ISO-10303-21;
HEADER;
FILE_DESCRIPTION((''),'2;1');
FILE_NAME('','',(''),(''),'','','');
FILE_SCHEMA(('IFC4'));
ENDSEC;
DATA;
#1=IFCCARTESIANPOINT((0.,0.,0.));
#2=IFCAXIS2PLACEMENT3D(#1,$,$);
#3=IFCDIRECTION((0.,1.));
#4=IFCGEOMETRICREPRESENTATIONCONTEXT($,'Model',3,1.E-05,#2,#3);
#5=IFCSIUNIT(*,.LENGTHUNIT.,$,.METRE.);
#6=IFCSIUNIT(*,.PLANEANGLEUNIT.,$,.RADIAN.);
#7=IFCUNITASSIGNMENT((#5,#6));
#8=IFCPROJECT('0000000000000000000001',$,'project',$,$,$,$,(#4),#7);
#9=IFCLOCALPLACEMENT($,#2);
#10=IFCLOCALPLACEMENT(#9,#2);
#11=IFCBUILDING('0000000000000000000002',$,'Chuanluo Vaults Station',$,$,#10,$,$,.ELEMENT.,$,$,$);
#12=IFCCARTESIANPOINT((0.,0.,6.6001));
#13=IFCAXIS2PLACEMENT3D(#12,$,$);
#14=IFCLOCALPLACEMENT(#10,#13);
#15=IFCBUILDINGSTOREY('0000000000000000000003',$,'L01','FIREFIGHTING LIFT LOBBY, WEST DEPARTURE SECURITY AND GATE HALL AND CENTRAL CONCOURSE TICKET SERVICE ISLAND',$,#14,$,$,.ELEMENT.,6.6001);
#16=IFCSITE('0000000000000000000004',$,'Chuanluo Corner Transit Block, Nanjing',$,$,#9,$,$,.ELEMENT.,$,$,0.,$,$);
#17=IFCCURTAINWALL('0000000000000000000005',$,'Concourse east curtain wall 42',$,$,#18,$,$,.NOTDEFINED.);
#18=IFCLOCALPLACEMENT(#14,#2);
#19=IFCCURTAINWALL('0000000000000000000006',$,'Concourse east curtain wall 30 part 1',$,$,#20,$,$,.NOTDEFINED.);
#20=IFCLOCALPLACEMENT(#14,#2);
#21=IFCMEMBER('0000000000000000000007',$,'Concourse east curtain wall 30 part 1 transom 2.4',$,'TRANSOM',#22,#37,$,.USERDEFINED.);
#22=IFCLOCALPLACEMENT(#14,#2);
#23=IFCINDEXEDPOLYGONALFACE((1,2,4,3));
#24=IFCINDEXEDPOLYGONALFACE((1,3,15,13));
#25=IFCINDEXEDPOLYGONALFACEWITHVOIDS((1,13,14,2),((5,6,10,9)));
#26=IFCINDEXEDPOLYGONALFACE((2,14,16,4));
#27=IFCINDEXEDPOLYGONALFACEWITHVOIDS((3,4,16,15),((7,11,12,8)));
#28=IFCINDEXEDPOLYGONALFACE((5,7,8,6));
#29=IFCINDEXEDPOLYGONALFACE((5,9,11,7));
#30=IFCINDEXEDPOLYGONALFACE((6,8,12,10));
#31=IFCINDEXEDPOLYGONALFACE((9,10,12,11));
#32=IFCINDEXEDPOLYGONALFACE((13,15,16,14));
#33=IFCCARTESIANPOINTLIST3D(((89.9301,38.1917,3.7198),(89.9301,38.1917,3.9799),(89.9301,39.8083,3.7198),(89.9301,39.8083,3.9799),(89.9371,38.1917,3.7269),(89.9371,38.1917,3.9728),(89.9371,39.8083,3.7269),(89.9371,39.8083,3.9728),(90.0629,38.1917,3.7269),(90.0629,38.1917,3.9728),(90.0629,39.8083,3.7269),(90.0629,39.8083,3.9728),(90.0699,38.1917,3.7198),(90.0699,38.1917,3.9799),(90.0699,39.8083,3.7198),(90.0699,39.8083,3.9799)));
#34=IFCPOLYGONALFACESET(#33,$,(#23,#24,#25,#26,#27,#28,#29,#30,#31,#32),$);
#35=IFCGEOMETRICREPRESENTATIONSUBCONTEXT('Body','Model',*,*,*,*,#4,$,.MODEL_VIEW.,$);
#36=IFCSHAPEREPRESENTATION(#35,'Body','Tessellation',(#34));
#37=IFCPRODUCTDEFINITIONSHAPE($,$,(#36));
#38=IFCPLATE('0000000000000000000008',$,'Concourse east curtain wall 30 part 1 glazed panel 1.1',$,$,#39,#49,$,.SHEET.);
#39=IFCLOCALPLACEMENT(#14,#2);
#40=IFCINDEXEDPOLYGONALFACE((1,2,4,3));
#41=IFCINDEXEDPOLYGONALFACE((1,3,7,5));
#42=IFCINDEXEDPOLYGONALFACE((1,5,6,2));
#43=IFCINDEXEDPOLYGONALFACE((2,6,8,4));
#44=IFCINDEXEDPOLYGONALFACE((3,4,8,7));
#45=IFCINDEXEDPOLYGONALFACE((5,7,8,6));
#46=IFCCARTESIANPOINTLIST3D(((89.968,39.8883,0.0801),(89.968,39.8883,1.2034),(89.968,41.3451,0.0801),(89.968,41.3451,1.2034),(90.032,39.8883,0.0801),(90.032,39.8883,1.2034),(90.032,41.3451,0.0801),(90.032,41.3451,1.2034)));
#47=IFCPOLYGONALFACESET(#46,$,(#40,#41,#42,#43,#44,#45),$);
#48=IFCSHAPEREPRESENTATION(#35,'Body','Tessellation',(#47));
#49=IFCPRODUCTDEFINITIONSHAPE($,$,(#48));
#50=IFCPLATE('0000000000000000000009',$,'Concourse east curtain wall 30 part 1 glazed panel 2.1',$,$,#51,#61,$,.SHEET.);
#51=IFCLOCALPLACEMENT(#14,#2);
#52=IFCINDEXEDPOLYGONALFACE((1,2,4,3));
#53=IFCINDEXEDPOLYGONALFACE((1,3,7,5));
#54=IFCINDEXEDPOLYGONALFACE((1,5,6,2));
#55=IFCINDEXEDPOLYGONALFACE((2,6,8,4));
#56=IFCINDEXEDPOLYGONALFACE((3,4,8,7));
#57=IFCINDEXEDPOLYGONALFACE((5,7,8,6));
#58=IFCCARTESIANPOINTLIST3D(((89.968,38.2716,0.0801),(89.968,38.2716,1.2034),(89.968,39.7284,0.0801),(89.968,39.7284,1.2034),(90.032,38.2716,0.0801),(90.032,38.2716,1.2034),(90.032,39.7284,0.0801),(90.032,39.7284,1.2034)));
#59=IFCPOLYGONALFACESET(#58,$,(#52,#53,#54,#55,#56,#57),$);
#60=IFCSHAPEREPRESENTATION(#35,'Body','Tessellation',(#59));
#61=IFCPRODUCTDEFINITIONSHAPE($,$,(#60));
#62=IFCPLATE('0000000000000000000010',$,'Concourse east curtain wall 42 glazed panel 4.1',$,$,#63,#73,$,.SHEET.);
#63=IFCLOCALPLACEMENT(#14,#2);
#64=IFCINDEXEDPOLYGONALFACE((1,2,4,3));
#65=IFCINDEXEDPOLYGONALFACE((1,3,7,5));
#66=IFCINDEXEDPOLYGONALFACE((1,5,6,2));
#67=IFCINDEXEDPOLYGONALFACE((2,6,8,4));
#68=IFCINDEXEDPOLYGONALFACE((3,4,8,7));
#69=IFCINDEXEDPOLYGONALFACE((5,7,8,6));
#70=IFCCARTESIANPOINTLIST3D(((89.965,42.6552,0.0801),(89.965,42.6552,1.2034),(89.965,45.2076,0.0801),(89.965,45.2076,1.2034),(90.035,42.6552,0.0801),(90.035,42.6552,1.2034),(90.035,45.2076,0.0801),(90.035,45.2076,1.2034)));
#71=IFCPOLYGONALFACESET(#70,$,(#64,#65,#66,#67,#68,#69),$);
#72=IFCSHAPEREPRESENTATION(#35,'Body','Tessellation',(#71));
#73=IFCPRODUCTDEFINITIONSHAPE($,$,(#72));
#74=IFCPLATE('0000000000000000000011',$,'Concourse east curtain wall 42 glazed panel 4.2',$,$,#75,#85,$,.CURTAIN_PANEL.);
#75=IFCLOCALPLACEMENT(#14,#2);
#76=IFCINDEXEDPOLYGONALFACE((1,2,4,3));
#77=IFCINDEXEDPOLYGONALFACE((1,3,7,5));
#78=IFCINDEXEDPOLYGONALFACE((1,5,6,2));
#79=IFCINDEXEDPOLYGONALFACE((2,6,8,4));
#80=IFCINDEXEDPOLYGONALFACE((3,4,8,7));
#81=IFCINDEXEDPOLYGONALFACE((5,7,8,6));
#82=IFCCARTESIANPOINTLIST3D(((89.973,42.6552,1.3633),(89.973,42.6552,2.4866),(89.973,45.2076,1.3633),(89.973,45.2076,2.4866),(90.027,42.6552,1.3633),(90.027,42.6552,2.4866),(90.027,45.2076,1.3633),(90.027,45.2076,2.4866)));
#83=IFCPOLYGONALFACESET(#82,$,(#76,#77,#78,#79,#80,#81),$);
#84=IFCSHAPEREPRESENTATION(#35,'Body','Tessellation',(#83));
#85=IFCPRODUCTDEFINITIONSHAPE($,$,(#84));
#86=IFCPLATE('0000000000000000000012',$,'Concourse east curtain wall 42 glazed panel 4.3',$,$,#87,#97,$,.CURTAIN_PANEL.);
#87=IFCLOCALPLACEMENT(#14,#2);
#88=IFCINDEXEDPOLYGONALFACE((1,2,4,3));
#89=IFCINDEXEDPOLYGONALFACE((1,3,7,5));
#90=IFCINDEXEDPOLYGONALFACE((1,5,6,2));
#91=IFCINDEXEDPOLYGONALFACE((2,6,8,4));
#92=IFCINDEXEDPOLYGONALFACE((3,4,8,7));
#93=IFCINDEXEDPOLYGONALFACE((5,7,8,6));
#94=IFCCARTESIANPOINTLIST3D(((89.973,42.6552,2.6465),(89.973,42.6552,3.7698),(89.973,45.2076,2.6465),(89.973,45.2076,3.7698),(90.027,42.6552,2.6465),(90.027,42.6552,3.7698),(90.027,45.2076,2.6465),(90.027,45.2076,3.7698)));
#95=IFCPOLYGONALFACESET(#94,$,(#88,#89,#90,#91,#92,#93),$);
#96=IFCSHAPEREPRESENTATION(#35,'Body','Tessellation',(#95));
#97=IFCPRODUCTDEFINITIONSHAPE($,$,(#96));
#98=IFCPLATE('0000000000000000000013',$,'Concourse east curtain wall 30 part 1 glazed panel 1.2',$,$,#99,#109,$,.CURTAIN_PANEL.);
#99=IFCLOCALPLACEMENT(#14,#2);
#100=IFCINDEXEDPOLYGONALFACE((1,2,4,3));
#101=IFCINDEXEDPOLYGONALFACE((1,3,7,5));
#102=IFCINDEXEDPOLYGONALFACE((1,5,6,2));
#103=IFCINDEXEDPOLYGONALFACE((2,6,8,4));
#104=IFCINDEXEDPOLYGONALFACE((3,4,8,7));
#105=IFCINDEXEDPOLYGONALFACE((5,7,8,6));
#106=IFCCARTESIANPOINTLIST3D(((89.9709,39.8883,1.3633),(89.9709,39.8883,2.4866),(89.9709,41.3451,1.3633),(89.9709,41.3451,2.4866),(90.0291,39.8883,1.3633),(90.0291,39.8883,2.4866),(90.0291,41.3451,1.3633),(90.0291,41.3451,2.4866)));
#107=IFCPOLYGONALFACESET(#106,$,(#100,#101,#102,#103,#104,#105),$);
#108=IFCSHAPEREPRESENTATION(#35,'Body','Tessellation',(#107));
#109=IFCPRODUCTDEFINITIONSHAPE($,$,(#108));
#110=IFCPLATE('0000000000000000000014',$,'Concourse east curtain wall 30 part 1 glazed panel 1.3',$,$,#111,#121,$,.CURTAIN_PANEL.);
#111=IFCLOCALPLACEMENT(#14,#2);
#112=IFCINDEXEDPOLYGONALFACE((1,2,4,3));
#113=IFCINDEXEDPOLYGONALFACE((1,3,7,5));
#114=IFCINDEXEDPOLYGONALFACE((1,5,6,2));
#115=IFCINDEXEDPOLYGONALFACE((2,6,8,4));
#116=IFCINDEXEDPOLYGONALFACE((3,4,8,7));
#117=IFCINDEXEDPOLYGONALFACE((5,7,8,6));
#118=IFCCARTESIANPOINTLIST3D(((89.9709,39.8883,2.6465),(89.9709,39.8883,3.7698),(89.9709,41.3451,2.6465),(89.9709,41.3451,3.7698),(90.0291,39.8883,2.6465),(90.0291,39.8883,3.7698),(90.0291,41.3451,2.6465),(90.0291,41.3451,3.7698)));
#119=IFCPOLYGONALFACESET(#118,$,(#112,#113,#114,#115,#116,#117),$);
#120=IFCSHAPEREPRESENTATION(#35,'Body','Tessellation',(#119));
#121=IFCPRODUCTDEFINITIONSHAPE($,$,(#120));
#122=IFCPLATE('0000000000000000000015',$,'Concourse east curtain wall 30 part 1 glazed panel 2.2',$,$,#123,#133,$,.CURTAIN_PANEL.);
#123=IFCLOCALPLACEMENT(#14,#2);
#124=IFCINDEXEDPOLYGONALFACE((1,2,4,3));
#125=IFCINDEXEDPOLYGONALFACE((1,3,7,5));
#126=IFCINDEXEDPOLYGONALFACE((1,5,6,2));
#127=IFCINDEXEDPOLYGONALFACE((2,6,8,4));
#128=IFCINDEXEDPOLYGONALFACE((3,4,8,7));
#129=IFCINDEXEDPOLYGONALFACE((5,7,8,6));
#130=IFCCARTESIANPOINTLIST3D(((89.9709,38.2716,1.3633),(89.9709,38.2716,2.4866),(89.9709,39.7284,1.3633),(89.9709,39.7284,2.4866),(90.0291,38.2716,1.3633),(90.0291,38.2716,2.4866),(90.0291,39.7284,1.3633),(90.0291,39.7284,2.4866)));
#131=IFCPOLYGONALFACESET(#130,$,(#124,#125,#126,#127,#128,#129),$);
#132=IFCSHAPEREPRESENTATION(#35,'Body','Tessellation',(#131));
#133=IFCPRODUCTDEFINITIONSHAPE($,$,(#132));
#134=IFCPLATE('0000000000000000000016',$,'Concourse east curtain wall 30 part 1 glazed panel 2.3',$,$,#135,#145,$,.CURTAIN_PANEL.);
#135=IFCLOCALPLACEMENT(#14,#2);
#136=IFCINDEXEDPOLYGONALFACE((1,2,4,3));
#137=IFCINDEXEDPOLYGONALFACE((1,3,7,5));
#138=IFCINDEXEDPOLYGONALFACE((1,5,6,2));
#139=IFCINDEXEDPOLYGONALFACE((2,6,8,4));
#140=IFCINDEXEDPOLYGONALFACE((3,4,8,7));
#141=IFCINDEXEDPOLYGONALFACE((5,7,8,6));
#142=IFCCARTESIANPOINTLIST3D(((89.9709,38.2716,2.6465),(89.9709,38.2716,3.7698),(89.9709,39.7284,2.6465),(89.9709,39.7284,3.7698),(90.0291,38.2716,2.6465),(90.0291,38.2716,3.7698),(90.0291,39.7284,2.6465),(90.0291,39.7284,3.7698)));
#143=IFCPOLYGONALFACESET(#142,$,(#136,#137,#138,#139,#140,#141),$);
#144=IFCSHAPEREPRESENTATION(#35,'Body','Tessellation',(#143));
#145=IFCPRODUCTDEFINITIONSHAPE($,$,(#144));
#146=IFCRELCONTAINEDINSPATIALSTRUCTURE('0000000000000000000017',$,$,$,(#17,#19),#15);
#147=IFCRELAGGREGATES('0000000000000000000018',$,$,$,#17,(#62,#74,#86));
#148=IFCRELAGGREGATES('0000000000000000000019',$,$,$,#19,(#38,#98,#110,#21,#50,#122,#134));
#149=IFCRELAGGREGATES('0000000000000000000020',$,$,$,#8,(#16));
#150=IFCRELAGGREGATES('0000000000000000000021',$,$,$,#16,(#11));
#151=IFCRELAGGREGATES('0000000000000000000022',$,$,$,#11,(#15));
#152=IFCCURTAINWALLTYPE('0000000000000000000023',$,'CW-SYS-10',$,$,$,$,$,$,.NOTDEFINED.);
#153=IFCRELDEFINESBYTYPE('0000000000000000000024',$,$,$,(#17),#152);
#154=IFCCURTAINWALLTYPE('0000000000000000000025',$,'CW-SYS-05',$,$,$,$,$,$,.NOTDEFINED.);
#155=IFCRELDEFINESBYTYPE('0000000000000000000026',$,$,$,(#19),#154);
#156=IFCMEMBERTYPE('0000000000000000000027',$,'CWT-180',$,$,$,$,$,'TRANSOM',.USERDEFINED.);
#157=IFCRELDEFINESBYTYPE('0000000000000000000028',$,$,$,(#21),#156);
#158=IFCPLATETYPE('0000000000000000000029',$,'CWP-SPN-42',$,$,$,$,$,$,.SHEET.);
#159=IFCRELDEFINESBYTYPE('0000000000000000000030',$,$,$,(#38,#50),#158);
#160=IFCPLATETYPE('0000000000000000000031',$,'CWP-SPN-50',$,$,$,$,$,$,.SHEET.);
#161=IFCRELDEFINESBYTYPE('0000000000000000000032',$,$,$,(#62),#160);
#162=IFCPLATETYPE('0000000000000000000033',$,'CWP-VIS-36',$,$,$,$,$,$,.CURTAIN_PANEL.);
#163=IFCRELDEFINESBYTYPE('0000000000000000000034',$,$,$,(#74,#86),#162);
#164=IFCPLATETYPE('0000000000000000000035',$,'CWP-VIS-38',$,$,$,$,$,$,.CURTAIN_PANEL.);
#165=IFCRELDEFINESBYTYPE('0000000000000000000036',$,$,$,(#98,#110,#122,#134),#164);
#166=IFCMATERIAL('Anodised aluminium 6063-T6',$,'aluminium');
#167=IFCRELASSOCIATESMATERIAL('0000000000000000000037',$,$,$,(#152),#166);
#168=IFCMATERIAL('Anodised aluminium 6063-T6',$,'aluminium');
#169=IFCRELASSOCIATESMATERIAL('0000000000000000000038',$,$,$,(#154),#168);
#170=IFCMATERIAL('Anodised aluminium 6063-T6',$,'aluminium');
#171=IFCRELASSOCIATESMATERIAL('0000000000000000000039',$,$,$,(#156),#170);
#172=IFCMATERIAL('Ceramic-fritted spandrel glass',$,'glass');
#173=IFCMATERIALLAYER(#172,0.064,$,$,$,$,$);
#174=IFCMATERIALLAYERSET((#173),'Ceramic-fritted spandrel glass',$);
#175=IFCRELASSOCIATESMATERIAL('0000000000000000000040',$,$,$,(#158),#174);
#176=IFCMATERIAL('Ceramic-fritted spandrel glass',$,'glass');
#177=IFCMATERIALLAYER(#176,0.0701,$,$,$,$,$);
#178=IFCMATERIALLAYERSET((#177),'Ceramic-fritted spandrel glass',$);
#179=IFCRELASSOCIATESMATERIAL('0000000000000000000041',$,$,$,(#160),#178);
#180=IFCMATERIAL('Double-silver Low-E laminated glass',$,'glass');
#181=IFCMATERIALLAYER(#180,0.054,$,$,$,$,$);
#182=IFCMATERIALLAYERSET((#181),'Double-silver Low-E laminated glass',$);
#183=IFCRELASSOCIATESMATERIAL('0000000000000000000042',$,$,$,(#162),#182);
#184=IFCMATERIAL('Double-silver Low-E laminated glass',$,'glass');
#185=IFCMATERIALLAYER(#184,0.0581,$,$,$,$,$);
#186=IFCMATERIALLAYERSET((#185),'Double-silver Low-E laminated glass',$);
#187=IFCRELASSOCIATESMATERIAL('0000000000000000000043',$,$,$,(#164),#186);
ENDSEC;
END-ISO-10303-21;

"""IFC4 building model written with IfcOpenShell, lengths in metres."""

from ifc_helpers import new_model, si_unit, direction, frame, origin, origin_2d, place, context, subcontext, project, spatial, rectangle, hollow_rectangle, extrude, material, layer, layer_set, material_profile, profile_set, type_object, element, aggregate, save


model = new_model("IFC4")

# Units and contexts
model_context = context("Model", 3, precision=1e-05, world=origin(), true_north=direction((0.0, 1.0)))
body_context = subcontext(model_context, "Body", "Model", "MODEL_VIEW")
ifc_project = project(units=[si_unit("LENGTHUNIT", "METRE"), si_unit("PLANEANGLEUNIT", "RADIAN")], contexts=[model_context])

# Site, building, storey
site_placement = place(None, origin())
site = spatial("IfcSite", under=ifc_project, at=site_placement, Name="Chuanluo Corner Transit Block, Nanjing", CompositionType="ELEMENT", RefElevation=0.0)
building_placement = place(site_placement, origin())
building = spatial("IfcBuilding", under=site, at=building_placement, Name="Chuanluo Vaults Station", CompositionType="ELEMENT")
storey_placement = place(building_placement, frame((0.0, 0.0, 6.6001)))
storey = spatial("IfcBuildingStorey", under=building, at=storey_placement, Name="L01", Description="FIREFIGHTING LIFT LOBBY, WEST DEPARTURE SECURITY AND GATE HALL AND CENTRAL CONCOURSE TICKET SERVICE ISLAND", CompositionType="ELEMENT", Elevation=6.6001)

# Curtain walls
ifc_material_1 = material(Name="Anodised aluminium 6063-T6", Category="aluminium")
curtain_wall_type_1 = type_object("IfcCurtainWallType", Name="CW-SYS-10", PredefinedType="NOTDEFINED", material=ifc_material_1)
curtain_wall_1_placement = place(storey_placement, origin())
curtain_wall_1 = element("IfcCurtainWall", 1, at=curtain_wall_1_placement, inside=storey, type_object=curtain_wall_type_1, Name="Concourse east curtain wall 42", PredefinedType="NOTDEFINED")
ifc_material_2 = material(Name="Anodised aluminium 6063-T6", Category="aluminium")
curtain_wall_type_2 = type_object("IfcCurtainWallType", Name="CW-SYS-05", PredefinedType="NOTDEFINED", material=ifc_material_2)
curtain_wall_2_placement = place(storey_placement, origin())
curtain_wall_2 = element("IfcCurtainWall", 2, at=curtain_wall_2_placement, inside=storey, type_object=curtain_wall_type_2, Name="Concourse east curtain wall 30 part 1", PredefinedType="NOTDEFINED")

# Member
ifc_material_3 = material(Name="Anodised aluminium 6063-T6", Category="aluminium")
ifc_material_profile_1 = material_profile(ifc_material_3, hollow_rectangle(XDim=0.1399, YDim=0.26, WallThickness=0.0071, at=origin_2d()))
ifc_profile_set_1 = profile_set([ifc_material_profile_1], Name="Anodised aluminium 6063-T6")
member_type_1 = type_object("IfcMemberType", Name="CWT-180", ElementType="TRANSOM", PredefinedType="USERDEFINED", material=ifc_profile_set_1)
member_1_placement = place(storey_placement, frame((90.0, 39.8083, 3.8499), z_axis=(0.0, -1.0, 0.0), x_axis=(1.0, 0.0, 0.0)))
member_1 = element("IfcMember", 3, at=member_1_placement, type_object=member_type_1, Name="Concourse east curtain wall 30 part 1 transom 2.4", ObjectType="TRANSOM", PredefinedType="USERDEFINED", context=body_context, shape_type="SweptSolid", body=[
    extrude(hollow_rectangle(XDim=0.1399, YDim=0.26, WallThickness=0.0071, at=origin_2d()), origin(), (0.0, 0.0, 1.0), 1.6167),
])

# Plates
ifc_material_4 = material(Name="Ceramic-fritted spandrel glass", Category="glass")
ifc_layer_1 = layer(ifc_material_4, 0.064)
ifc_layer_set_1 = layer_set([ifc_layer_1], Name="Ceramic-fritted spandrel glass")
plate_type_1 = type_object("IfcPlateType", Name="CWP-SPN-42", PredefinedType="SHEET", material=ifc_layer_set_1)
plate_1_placement = place(storey_placement, frame((90.0, 40.6167, 0.0801), z_axis=(0.0, 0.0, 1.0), x_axis=(0.0, -1.0, 0.0)))
plate_1 = element("IfcPlate", 4, at=plate_1_placement, type_object=plate_type_1, Name="Concourse east curtain wall 30 part 1 glazed panel 1.1", PredefinedType="SHEET", context=body_context, shape_type="SweptSolid", body=[
    extrude(rectangle(XDim=1.4568, YDim=0.064, at=origin_2d()), origin(), (0.0, 0.0, 1.0), 1.1233),
])
plate_2_placement = place(storey_placement, frame((90.0, 39.0, 0.0801), z_axis=(0.0, 0.0, 1.0), x_axis=(0.0, -1.0, 0.0)))
plate_2 = element("IfcPlate", 5, at=plate_2_placement, type_object=plate_type_1, Name="Concourse east curtain wall 30 part 1 glazed panel 2.1", PredefinedType="SHEET", context=body_context, shape_type="SweptSolid", body=[
    extrude(rectangle(XDim=1.4568, YDim=0.064, at=origin_2d()), origin(), (0.0, 0.0, 1.0), 1.1233),
])
ifc_material_5 = material(Name="Ceramic-fritted spandrel glass", Category="glass")
ifc_layer_2 = layer(ifc_material_5, 0.0701)
ifc_layer_set_2 = layer_set([ifc_layer_2], Name="Ceramic-fritted spandrel glass")
plate_type_2 = type_object("IfcPlateType", Name="CWP-SPN-50", PredefinedType="SHEET", material=ifc_layer_set_2)
plate_3_placement = place(storey_placement, frame((90.0, 43.9314, 0.0801), z_axis=(0.0, 0.0, 1.0), x_axis=(0.0, -1.0, 0.0)))
plate_3 = element("IfcPlate", 6, at=plate_3_placement, type_object=plate_type_2, Name="Concourse east curtain wall 42 glazed panel 4.1", PredefinedType="SHEET", context=body_context, shape_type="SweptSolid", body=[
    extrude(rectangle(XDim=2.5525, YDim=0.0701, at=origin_2d()), origin(), (0.0, 0.0, 1.0), 1.1233),
])
ifc_material_6 = material(Name="Double-silver Low-E laminated glass", Category="glass")
ifc_layer_3 = layer(ifc_material_6, 0.054)
ifc_layer_set_3 = layer_set([ifc_layer_3], Name="Double-silver Low-E laminated glass")
plate_type_3 = type_object("IfcPlateType", Name="CWP-VIS-36", PredefinedType="CURTAIN_PANEL", material=ifc_layer_set_3)
plate_4_placement = place(storey_placement, frame((90.0, 43.9314, 1.3633), z_axis=(0.0, 0.0, 1.0), x_axis=(0.0, -1.0, 0.0)))
plate_4 = element("IfcPlate", 7, at=plate_4_placement, type_object=plate_type_3, Name="Concourse east curtain wall 42 glazed panel 4.2", PredefinedType="CURTAIN_PANEL", context=body_context, shape_type="SweptSolid", body=[
    extrude(rectangle(XDim=2.5525, YDim=0.054, at=origin_2d()), origin(), (0.0, 0.0, 1.0), 1.1233),
])
plate_5_placement = place(storey_placement, frame((90.0, 43.9314, 2.6465), z_axis=(0.0, 0.0, 1.0), x_axis=(0.0, -1.0, 0.0)))
plate_5 = element("IfcPlate", 8, at=plate_5_placement, type_object=plate_type_3, Name="Concourse east curtain wall 42 glazed panel 4.3", PredefinedType="CURTAIN_PANEL", context=body_context, shape_type="SweptSolid", body=[
    extrude(rectangle(XDim=2.5525, YDim=0.054, at=origin_2d()), origin(), (0.0, 0.0, 1.0), 1.1233),
])
aggregate(curtain_wall_1, [plate_3, plate_4, plate_5])
ifc_material_7 = material(Name="Double-silver Low-E laminated glass", Category="glass")
ifc_layer_4 = layer(ifc_material_7, 0.0581)
ifc_layer_set_4 = layer_set([ifc_layer_4], Name="Double-silver Low-E laminated glass")
plate_type_4 = type_object("IfcPlateType", Name="CWP-VIS-38", PredefinedType="CURTAIN_PANEL", material=ifc_layer_set_4)
plate_6_placement = place(storey_placement, frame((90.0, 40.6167, 1.3633), z_axis=(0.0, 0.0, 1.0), x_axis=(0.0, -1.0, 0.0)))
plate_6 = element("IfcPlate", 9, at=plate_6_placement, type_object=plate_type_4, Name="Concourse east curtain wall 30 part 1 glazed panel 1.2", PredefinedType="CURTAIN_PANEL", context=body_context, shape_type="SweptSolid", body=[
    extrude(rectangle(XDim=1.4568, YDim=0.0581, at=origin_2d()), origin(), (0.0, 0.0, 1.0), 1.1233),
])
plate_7_placement = place(storey_placement, frame((90.0, 40.6167, 2.6465), z_axis=(0.0, 0.0, 1.0), x_axis=(0.0, -1.0, 0.0)))
plate_7 = element("IfcPlate", 10, at=plate_7_placement, type_object=plate_type_4, Name="Concourse east curtain wall 30 part 1 glazed panel 1.3", PredefinedType="CURTAIN_PANEL", context=body_context, shape_type="SweptSolid", body=[
    extrude(rectangle(XDim=1.4568, YDim=0.0581, at=origin_2d()), origin(), (0.0, 0.0, 1.0), 1.1233),
])
plate_8_placement = place(storey_placement, frame((90.0, 39.0, 1.3633), z_axis=(0.0, 0.0, 1.0), x_axis=(0.0, -1.0, 0.0)))
plate_8 = element("IfcPlate", 11, at=plate_8_placement, type_object=plate_type_4, Name="Concourse east curtain wall 30 part 1 glazed panel 2.2", PredefinedType="CURTAIN_PANEL", context=body_context, shape_type="SweptSolid", body=[
    extrude(rectangle(XDim=1.4568, YDim=0.0581, at=origin_2d()), origin(), (0.0, 0.0, 1.0), 1.1233),
])
plate_9_placement = place(storey_placement, frame((90.0, 39.0, 2.6465), z_axis=(0.0, 0.0, 1.0), x_axis=(0.0, -1.0, 0.0)))
plate_9 = element("IfcPlate", 12, at=plate_9_placement, type_object=plate_type_4, Name="Concourse east curtain wall 30 part 1 glazed panel 2.3", PredefinedType="CURTAIN_PANEL", context=body_context, shape_type="SweptSolid", body=[
    extrude(rectangle(XDim=1.4568, YDim=0.0581, at=origin_2d()), origin(), (0.0, 0.0, 1.0), 1.1233),
])
aggregate(curtain_wall_2, [plate_1, plate_6, plate_7, member_1, plate_2, plate_8, plate_9])

save(model, "model.ifc")
